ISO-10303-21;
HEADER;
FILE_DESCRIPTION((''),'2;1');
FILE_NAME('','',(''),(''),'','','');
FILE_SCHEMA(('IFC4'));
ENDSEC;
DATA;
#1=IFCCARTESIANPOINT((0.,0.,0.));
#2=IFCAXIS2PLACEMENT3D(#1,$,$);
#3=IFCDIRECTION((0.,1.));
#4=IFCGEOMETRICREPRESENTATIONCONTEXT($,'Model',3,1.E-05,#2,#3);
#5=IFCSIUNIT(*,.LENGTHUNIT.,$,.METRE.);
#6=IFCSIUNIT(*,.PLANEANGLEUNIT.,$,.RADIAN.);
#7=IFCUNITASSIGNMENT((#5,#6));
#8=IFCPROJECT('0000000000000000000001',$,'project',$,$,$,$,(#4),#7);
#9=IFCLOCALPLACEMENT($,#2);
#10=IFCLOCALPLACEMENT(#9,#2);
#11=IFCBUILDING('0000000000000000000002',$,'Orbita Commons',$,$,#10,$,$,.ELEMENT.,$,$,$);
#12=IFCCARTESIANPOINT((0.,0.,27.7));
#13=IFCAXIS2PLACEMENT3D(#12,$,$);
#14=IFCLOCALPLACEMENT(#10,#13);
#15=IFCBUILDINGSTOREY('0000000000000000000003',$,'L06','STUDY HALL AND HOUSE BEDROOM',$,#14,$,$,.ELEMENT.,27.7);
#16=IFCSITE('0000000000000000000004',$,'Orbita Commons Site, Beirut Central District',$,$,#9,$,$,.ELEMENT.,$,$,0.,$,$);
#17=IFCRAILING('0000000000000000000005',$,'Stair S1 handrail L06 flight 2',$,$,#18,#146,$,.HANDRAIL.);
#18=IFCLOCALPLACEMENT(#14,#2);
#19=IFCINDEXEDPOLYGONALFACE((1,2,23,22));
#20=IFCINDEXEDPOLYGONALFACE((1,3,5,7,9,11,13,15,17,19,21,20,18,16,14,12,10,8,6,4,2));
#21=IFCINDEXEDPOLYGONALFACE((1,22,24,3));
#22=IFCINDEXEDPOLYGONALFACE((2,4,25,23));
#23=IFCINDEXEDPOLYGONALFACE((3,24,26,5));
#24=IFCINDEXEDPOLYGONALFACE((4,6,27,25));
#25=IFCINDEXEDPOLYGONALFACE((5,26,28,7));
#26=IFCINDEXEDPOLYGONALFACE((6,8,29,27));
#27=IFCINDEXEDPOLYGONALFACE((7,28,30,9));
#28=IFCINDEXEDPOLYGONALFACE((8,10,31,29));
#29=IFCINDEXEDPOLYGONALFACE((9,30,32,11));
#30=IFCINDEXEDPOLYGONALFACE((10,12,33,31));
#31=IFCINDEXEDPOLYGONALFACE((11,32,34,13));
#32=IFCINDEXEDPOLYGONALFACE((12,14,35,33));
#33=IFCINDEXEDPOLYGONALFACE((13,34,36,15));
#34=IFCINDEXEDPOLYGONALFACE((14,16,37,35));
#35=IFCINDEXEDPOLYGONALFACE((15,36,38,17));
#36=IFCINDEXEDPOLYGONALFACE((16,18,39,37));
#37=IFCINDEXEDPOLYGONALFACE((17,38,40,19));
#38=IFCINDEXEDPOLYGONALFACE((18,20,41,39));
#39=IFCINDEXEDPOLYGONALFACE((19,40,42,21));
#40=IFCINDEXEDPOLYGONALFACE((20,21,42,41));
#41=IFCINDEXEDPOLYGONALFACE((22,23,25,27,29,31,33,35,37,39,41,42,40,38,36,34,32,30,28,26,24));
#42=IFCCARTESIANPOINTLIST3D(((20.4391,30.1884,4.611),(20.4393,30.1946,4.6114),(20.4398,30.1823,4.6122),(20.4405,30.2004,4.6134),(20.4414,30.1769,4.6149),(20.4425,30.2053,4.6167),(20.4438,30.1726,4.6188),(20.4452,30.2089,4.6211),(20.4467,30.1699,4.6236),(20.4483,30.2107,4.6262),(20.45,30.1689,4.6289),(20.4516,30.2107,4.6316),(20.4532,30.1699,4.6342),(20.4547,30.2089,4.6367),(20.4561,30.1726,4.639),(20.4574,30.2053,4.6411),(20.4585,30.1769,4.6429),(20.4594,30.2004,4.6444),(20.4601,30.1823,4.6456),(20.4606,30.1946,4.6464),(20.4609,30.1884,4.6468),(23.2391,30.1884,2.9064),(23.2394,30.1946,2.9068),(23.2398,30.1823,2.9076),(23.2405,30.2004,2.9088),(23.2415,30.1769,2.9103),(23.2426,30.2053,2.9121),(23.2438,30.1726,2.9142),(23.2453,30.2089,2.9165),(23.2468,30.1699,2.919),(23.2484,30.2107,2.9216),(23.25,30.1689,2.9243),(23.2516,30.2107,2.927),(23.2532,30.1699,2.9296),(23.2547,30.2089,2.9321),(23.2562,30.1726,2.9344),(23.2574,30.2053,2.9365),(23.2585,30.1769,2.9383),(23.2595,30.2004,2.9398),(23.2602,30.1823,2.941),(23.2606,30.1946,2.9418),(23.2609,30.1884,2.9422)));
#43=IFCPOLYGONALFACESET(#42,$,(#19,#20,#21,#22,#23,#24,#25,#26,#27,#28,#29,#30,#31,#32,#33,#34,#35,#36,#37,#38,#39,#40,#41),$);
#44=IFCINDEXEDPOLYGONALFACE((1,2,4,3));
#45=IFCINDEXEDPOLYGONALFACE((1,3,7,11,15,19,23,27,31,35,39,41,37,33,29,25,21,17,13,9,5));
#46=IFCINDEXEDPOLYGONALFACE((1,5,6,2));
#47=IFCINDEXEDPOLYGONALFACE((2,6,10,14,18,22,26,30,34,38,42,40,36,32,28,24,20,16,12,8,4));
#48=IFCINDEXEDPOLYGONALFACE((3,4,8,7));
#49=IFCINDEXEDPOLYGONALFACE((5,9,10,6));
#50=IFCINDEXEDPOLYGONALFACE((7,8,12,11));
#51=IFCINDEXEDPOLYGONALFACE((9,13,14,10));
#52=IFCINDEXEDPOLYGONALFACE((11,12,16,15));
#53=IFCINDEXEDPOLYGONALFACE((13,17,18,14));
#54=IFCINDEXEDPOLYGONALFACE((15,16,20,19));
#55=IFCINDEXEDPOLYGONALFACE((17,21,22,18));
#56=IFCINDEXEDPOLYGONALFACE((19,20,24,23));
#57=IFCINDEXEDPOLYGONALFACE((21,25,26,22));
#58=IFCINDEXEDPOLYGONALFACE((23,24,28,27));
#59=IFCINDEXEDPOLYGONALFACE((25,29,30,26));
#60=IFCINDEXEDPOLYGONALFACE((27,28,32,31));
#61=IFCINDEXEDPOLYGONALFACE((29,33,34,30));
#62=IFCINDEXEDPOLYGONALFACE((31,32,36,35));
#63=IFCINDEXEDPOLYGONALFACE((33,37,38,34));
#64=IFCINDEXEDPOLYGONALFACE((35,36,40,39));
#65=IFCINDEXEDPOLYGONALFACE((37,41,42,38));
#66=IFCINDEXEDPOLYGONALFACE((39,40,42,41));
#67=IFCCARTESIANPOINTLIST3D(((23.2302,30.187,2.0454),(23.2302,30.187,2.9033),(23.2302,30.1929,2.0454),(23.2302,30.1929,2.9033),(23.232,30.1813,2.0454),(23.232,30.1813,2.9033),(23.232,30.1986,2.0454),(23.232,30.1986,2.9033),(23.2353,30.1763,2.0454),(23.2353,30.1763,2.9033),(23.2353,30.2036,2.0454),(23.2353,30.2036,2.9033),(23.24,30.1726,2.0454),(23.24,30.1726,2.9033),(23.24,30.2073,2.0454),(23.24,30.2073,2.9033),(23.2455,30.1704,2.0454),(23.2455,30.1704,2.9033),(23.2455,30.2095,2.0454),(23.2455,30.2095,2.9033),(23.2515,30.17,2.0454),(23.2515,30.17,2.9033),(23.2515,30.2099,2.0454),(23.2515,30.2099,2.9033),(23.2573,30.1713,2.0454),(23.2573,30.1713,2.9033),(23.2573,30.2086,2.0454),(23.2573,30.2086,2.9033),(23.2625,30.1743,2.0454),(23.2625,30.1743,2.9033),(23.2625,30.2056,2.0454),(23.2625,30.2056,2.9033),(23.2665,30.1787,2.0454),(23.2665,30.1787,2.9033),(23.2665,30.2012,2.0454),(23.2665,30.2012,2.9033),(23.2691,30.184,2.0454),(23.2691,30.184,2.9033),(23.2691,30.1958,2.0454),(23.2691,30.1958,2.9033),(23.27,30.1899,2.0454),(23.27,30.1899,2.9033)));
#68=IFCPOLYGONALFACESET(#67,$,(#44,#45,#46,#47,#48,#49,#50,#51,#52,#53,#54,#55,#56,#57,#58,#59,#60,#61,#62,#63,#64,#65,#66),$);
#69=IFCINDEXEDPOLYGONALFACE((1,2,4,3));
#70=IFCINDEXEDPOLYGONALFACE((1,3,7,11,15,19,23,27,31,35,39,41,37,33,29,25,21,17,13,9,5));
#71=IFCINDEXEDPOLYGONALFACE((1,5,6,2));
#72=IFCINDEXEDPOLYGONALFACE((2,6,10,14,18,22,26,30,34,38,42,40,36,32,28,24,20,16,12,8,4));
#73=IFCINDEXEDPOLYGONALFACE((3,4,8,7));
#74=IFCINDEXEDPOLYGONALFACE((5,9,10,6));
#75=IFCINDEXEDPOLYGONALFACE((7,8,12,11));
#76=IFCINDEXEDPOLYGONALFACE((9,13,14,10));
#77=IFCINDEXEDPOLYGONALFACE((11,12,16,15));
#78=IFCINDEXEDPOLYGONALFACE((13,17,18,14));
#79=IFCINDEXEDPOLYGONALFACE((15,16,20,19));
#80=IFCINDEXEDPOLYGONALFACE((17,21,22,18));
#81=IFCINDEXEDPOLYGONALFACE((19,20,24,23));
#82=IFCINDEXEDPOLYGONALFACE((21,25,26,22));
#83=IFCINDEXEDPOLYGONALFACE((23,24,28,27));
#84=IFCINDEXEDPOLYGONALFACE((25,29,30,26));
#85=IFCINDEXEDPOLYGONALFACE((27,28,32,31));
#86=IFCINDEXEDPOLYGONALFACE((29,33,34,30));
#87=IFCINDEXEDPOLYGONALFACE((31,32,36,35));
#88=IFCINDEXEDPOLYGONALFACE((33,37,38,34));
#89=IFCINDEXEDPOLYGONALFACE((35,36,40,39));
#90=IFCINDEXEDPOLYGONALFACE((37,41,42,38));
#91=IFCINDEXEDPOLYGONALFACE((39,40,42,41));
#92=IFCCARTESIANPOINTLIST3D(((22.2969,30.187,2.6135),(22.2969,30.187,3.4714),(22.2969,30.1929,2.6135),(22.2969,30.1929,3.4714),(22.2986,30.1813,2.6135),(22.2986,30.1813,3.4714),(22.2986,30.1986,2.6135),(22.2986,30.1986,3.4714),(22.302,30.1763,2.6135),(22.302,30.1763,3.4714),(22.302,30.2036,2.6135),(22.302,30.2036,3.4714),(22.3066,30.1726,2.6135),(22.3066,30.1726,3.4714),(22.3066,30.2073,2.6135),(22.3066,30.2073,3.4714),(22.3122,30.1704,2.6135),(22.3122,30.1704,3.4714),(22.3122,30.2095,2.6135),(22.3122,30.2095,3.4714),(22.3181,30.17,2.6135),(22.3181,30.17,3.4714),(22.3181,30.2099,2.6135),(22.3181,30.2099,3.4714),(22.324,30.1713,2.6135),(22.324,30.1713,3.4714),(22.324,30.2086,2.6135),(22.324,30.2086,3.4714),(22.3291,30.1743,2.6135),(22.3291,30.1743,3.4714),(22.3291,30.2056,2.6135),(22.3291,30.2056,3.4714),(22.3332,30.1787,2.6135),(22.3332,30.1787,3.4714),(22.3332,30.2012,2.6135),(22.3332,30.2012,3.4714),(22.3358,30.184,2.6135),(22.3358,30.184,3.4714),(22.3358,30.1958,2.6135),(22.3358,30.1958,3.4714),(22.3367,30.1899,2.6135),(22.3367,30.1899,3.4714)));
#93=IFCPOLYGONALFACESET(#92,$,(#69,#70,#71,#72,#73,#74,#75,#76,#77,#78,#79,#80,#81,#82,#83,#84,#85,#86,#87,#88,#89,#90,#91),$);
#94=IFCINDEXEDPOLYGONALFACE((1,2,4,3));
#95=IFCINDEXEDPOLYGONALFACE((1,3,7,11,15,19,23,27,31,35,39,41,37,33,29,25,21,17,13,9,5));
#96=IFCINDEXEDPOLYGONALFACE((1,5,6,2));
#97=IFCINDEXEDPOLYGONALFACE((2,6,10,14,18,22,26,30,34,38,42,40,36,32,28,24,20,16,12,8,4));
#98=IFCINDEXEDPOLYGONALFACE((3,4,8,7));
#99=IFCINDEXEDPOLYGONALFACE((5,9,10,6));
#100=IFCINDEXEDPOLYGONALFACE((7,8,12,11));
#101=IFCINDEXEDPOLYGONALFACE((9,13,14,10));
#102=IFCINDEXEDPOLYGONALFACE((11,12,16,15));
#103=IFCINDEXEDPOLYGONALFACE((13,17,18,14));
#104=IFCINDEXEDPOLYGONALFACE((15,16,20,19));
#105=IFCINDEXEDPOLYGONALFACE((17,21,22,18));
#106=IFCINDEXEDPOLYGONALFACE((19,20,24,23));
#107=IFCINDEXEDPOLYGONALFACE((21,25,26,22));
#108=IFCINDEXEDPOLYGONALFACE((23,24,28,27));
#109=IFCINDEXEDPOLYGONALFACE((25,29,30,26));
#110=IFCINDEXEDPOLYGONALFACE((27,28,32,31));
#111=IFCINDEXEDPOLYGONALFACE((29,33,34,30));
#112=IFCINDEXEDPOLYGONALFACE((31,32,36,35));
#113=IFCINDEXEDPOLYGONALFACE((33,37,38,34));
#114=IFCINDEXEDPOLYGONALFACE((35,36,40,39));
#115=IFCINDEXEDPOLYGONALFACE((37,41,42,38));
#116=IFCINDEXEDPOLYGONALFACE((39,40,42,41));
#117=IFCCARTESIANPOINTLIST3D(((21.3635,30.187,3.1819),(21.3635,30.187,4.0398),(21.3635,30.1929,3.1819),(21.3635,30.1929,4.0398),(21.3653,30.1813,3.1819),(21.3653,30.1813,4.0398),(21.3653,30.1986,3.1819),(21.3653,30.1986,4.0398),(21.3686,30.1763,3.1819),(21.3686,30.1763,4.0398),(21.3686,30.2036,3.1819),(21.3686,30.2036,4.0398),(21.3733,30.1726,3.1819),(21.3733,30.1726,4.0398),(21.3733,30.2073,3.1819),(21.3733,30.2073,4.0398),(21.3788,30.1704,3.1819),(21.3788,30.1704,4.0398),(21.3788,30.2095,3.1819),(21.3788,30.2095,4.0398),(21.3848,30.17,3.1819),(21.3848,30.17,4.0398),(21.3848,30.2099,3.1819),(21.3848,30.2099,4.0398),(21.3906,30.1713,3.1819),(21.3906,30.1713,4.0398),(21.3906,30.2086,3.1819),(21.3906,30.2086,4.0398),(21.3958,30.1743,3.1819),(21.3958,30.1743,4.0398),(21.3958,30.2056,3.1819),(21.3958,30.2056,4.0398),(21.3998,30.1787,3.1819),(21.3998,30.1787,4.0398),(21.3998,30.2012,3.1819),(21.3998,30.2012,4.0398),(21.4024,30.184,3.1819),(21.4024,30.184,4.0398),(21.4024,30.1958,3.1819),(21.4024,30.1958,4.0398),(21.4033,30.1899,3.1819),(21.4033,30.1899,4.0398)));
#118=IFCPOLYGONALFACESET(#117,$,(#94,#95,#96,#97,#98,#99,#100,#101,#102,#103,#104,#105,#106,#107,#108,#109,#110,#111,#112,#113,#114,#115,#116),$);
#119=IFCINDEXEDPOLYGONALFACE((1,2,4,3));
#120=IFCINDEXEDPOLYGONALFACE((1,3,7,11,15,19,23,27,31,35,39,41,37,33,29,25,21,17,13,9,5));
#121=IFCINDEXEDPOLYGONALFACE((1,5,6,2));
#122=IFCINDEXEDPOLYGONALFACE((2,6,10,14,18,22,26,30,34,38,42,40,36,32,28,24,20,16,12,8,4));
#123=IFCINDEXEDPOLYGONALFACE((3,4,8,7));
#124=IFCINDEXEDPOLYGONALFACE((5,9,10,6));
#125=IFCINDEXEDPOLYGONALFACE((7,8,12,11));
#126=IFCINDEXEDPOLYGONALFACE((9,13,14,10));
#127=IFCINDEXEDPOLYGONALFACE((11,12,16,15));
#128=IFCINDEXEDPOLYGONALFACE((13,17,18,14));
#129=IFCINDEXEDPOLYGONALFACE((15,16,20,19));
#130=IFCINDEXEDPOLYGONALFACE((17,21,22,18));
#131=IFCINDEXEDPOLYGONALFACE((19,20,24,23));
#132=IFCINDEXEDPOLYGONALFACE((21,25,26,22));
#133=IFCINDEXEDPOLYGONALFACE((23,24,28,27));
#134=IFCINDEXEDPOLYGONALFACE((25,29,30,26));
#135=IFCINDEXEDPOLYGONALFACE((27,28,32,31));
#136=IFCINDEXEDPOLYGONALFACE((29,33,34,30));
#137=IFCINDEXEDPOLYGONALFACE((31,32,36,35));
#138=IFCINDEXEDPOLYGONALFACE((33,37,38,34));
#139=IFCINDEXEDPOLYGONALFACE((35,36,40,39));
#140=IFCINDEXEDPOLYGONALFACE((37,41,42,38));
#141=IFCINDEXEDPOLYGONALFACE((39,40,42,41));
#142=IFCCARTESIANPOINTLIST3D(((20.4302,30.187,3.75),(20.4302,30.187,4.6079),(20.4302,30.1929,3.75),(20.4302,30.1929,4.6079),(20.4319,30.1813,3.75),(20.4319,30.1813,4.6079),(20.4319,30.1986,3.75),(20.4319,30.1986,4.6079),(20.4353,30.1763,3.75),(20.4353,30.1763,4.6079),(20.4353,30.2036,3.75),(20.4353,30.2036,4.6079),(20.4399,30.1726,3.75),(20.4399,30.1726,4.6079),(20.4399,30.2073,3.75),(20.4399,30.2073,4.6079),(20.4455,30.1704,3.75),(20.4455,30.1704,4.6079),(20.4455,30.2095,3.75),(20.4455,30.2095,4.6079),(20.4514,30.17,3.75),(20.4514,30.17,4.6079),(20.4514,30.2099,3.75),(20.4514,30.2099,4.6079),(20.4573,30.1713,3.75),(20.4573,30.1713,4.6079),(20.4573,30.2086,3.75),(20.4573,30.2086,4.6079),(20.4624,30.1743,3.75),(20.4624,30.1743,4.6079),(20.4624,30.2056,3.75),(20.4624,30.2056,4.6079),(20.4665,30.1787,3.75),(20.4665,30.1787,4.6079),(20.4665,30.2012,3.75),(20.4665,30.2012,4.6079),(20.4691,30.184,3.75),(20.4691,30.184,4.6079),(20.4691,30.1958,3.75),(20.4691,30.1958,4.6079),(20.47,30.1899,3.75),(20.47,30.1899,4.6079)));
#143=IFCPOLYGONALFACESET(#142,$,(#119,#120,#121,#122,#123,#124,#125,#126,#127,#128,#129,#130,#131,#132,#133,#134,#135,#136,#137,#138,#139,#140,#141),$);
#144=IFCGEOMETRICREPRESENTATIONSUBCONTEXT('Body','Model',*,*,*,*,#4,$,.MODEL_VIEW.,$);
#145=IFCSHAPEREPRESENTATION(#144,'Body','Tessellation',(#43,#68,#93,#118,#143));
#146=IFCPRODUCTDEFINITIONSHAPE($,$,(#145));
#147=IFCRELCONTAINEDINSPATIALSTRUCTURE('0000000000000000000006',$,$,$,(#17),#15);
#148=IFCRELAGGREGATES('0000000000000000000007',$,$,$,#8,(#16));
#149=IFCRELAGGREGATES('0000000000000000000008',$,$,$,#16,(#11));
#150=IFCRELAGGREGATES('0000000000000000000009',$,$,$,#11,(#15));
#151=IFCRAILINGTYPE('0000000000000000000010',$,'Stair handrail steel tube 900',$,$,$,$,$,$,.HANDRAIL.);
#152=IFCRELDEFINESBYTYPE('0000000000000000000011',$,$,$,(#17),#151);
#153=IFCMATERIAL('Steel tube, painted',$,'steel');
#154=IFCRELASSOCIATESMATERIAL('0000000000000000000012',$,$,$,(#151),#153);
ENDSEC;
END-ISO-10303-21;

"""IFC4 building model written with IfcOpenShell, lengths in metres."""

from ifc_helpers import new_model, si_unit, direction, frame, origin, origin_2d, place, context, subcontext, project, spatial, circle, extrude, material, type_object, element, save


model = new_model("IFC4")

# Units and contexts
model_context = context("Model", 3, precision=1e-05, world=origin(), true_north=direction((0.0, 1.0)))
body_context = subcontext(model_context, "Body", "Model", "MODEL_VIEW")
ifc_project = project(units=[si_unit("LENGTHUNIT", "METRE"), si_unit("PLANEANGLEUNIT", "RADIAN")], contexts=[model_context])

# Site, building, storey
site_placement = place(None, origin())
site = spatial("IfcSite", under=ifc_project, at=site_placement, Name="Orbita Commons Site, Beirut Central District", CompositionType="ELEMENT", RefElevation=0.0)
building_placement = place(site_placement, origin())
building = spatial("IfcBuilding", under=site, at=building_placement, Name="Orbita Commons", CompositionType="ELEMENT")
storey_placement = place(building_placement, frame((0.0, 0.0, 27.7)))
storey = spatial("IfcBuildingStorey", under=building, at=storey_placement, Name="L06", Description="STUDY HALL AND HOUSE BEDROOM", CompositionType="ELEMENT", Elevation=27.7)

# Railing
ifc_material_1 = material(Name="Steel tube, painted", Category="steel")
railing_type = type_object("IfcRailingType", Name="Stair handrail steel tube 900", PredefinedType="HANDRAIL", material=ifc_material_1)
for number, where, name in (
    (1, (23.25, 30.1899, 2.0454), "Stair S1 handrail L06 flight 2"),
):
    element("IfcRailing", number, at=place(storey_placement, frame(where)), inside=storey, type_object=railing_type, Name=name, PredefinedType="HANDRAIL", context=body_context, shape_type="SweptSolid", body=[
        extrude(circle(Radius=0.021, at=origin_2d()), frame((0.0, 0.0, 0.8789), z_axis=(-0.85417, 0.0, 0.519994), x_axis=(0.0, -1.0, 0.0)), (0.0, 0.0, 1.0), 3.2781),
        extrude(circle(Radius=0.02, at=origin_2d()), origin(), (0.0, 0.0, 1.0), 0.8579),
        extrude(circle(Radius=0.02, at=origin_2d()), frame((-0.9333, 0.0, 0.5681)), (0.0, 0.0, 1.0), 0.8579),
        extrude(circle(Radius=0.02, at=origin_2d()), frame((-1.8667, 0.0, 1.1365)), (0.0, 0.0, 1.0), 0.8579),
        extrude(circle(Radius=0.02, at=origin_2d()), frame((-2.8, 0.0, 1.7046)), (0.0, 0.0, 1.0), 0.8579),
    ])

save(model, "model.ifc")
